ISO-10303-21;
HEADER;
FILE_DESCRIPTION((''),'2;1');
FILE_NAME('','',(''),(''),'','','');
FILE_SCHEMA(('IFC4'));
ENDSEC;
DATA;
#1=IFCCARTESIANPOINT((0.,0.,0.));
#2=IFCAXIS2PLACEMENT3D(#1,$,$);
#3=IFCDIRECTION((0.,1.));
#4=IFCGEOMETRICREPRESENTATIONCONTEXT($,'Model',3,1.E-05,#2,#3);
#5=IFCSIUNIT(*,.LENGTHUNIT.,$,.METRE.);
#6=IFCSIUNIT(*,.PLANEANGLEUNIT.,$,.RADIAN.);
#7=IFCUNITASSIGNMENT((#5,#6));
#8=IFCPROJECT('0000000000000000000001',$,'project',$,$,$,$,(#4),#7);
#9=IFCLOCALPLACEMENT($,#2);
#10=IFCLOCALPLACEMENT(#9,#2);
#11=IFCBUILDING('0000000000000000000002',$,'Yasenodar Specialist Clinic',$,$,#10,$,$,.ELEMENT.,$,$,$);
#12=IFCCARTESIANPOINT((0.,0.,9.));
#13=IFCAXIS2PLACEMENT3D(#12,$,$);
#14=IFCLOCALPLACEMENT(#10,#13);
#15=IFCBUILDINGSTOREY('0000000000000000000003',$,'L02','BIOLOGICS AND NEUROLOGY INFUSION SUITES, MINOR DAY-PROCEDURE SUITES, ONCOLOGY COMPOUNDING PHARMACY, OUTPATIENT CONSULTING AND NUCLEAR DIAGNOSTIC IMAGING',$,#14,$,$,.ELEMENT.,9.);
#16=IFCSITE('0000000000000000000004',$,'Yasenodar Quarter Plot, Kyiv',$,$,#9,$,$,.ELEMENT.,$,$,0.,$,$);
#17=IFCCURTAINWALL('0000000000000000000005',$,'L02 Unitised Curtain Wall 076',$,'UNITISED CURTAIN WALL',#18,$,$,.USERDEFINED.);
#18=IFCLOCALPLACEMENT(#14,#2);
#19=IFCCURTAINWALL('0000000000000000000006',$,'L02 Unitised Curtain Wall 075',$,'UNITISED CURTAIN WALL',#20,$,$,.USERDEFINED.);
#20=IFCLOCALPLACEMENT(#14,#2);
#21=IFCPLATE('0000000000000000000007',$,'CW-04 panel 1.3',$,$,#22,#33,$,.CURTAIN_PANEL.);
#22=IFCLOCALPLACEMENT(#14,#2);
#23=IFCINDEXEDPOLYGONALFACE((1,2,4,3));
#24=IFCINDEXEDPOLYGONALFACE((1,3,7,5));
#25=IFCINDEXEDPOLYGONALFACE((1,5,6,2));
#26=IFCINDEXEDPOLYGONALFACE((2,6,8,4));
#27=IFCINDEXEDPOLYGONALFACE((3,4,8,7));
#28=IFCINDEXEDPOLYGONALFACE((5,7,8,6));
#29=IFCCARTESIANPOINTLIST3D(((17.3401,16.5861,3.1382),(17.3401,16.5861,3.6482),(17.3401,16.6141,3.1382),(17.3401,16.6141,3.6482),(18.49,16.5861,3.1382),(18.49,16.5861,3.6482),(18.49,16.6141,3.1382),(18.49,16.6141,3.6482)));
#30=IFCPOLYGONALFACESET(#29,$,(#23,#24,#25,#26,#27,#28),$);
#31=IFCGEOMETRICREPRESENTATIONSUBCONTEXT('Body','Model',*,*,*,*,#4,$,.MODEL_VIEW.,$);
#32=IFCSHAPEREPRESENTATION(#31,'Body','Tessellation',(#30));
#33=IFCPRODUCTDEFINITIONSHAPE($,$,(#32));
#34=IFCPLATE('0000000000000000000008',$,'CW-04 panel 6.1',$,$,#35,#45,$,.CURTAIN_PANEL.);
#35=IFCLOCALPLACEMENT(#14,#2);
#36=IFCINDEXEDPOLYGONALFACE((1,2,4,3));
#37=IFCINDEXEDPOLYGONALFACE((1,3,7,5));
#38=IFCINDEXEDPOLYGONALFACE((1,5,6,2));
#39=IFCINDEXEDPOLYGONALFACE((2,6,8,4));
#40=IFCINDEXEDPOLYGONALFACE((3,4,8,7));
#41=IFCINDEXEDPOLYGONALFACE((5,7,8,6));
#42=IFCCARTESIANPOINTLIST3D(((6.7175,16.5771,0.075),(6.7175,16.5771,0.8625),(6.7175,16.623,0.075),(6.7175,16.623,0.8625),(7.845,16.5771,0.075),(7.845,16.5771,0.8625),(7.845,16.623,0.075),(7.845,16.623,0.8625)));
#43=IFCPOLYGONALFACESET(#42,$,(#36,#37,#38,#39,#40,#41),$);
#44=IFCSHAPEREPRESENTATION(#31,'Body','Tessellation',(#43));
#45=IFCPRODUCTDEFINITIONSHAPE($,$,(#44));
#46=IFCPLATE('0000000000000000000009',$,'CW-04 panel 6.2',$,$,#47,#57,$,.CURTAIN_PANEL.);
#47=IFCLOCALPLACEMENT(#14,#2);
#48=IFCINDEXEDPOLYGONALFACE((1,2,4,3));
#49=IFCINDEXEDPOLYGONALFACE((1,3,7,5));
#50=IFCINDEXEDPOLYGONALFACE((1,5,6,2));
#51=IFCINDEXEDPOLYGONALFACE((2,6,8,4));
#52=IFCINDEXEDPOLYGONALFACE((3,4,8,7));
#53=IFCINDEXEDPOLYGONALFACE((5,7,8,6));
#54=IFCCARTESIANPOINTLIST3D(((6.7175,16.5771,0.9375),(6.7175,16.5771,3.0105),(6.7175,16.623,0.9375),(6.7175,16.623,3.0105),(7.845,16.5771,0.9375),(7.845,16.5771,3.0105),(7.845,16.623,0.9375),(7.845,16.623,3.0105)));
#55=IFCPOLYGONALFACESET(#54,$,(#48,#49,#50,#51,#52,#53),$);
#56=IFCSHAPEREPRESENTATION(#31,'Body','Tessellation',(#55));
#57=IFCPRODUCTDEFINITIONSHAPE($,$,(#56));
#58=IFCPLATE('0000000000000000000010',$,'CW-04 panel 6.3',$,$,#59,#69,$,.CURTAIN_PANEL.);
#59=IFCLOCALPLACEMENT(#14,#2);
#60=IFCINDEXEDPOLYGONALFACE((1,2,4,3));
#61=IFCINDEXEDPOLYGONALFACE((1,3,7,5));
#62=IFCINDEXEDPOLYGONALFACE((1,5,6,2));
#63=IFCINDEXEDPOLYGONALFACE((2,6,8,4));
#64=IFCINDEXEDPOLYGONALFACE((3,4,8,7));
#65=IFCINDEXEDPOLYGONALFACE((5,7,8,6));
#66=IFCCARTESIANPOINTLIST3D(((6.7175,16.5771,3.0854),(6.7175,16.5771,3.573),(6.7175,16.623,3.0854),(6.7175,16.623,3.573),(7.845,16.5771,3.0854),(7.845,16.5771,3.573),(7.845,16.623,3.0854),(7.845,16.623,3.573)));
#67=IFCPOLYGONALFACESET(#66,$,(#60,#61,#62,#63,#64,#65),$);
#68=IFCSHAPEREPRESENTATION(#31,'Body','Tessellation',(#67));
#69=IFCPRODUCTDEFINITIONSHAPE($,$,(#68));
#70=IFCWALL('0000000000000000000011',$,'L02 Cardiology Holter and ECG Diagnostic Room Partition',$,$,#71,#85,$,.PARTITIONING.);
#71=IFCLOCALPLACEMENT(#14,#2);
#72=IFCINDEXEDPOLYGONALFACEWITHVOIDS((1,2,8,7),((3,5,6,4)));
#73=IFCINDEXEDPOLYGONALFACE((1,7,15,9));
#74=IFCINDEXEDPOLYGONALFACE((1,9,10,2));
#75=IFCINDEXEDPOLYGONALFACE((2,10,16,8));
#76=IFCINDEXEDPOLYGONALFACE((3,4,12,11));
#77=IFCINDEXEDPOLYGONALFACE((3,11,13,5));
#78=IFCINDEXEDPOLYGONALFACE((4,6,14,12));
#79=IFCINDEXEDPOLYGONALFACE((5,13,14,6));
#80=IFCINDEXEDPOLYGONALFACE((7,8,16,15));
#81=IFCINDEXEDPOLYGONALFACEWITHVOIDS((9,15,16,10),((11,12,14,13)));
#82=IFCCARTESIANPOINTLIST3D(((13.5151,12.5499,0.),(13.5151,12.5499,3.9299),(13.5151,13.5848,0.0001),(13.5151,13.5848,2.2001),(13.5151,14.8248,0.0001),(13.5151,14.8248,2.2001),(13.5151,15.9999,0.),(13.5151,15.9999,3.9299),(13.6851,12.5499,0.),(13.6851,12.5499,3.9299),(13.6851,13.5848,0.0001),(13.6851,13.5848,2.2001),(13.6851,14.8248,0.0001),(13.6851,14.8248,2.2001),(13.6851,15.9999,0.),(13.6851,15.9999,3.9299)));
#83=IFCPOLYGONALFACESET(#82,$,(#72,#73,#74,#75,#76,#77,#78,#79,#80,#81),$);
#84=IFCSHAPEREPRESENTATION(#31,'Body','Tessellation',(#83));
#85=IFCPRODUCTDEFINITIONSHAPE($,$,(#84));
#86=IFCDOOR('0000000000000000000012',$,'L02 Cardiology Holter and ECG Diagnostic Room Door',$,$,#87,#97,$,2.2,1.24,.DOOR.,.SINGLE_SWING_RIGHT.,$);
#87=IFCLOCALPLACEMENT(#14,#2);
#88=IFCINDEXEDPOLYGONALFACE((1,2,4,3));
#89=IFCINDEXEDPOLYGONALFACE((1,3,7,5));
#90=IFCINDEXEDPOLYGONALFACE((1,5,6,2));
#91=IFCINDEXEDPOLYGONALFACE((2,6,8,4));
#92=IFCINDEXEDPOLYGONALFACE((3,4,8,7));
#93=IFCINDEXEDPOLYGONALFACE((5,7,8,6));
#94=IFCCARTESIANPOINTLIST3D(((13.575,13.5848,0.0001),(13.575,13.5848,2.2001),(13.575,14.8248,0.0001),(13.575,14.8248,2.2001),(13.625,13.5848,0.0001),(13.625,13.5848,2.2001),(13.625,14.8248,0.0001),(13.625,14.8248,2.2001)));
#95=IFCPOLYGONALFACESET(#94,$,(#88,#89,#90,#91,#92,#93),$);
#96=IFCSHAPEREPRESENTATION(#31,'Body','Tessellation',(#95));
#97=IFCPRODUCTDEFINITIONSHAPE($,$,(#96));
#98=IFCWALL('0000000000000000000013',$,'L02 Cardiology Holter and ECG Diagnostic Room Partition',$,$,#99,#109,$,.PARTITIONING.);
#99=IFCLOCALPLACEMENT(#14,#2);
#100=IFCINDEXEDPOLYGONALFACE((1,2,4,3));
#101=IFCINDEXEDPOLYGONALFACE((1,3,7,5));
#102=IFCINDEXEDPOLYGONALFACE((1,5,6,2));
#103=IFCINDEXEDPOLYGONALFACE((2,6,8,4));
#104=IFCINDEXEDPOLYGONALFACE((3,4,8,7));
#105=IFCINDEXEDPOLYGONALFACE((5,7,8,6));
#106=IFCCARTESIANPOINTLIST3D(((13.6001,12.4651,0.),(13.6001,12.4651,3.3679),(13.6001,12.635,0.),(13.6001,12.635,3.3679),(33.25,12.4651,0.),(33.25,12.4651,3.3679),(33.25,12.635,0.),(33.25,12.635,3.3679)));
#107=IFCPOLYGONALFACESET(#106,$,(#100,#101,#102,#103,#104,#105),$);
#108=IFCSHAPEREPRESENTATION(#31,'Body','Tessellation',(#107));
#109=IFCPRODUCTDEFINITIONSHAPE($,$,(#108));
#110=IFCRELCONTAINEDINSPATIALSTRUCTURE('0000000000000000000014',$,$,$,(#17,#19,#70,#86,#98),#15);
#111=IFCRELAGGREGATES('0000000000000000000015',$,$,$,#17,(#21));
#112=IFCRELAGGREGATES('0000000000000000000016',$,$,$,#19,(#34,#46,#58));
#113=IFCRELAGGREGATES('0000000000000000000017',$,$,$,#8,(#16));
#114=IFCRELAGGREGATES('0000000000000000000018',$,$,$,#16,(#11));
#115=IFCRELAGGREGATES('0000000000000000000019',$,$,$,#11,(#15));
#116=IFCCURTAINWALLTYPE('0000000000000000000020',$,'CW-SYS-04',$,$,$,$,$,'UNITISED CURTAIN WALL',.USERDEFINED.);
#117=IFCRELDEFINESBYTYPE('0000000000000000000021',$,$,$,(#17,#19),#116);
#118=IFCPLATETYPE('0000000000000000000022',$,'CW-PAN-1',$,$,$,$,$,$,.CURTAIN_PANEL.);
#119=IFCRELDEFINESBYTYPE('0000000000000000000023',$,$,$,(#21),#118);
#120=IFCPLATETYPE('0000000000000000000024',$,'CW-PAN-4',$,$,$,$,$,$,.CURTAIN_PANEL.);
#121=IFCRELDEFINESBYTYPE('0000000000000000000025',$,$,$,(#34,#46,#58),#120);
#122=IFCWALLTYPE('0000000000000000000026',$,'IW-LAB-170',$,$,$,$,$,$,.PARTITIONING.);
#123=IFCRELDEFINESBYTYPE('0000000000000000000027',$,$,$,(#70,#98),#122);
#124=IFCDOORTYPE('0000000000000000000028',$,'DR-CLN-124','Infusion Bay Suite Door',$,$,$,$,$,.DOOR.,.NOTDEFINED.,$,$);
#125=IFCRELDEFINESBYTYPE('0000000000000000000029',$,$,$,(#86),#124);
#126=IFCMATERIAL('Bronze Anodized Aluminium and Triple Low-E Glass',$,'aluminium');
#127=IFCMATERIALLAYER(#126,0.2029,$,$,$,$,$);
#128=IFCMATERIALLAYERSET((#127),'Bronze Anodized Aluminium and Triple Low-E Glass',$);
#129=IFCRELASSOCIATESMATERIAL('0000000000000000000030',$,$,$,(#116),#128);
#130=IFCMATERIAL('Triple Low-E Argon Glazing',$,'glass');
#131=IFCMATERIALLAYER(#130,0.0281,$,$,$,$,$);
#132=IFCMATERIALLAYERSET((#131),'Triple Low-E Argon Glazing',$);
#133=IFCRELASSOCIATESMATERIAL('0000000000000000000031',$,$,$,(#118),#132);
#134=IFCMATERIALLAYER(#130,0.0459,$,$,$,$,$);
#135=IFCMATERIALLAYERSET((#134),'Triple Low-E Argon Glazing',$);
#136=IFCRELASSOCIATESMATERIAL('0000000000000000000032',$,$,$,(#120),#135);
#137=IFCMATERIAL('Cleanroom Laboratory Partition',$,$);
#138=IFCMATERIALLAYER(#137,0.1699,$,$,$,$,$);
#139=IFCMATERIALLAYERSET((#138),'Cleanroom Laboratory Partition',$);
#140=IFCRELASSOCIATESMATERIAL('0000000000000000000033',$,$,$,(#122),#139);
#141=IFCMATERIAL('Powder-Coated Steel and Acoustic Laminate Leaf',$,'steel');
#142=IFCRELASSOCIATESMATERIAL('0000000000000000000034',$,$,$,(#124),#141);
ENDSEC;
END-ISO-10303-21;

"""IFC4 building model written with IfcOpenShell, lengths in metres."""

from ifc_helpers import new_model, si_unit, direction, frame, frame_2d, origin, origin_2d, place, context, subcontext, project, spatial, rectangle, extrude, material, layer, layer_set, type_object, element, fill, aggregate, save


model = new_model("IFC4")

# Units and contexts
model_context = context("Model", 3, precision=1e-05, world=origin(), true_north=direction((0.0, 1.0)))
body_context = subcontext(model_context, "Body", "Model", "MODEL_VIEW")
ifc_project = project(units=[si_unit("LENGTHUNIT", "METRE"), si_unit("PLANEANGLEUNIT", "RADIAN")], contexts=[model_context])

# Site, building, storey
site_placement = place(None, origin())
site = spatial("IfcSite", under=ifc_project, at=site_placement, Name="Yasenodar Quarter Plot, Kyiv", CompositionType="ELEMENT", RefElevation=0.0)
building_placement = place(site_placement, origin())
building = spatial("IfcBuilding", under=site, at=building_placement, Name="Yasenodar Specialist Clinic", CompositionType="ELEMENT")
storey_placement = place(building_placement, frame((0.0, 0.0, 9.0)))
storey = spatial("IfcBuildingStorey", under=building, at=storey_placement, Name="L02", Description="BIOLOGICS AND NEUROLOGY INFUSION SUITES, MINOR DAY-PROCEDURE SUITES, ONCOLOGY COMPOUNDING PHARMACY, OUTPATIENT CONSULTING AND NUCLEAR DIAGNOSTIC IMAGING", CompositionType="ELEMENT", Elevation=9.0)

# Curtain wall
ifc_material_1 = material(Name="Bronze Anodized Aluminium and Triple Low-E Glass", Category="aluminium")
ifc_layer_1 = layer(ifc_material_1, 0.2029)
ifc_layer_set_1 = layer_set([ifc_layer_1], Name="Bronze Anodized Aluminium and Triple Low-E Glass")
curtain_wall_type = type_object("IfcCurtainWallType", Name="CW-SYS-04", ElementType="UNITISED CURTAIN WALL", PredefinedType="USERDEFINED", material=ifc_layer_set_1)
curtain_wall_1_placement = place(storey_placement, origin())
curtain_wall_1 = element("IfcCurtainWall", 1, at=curtain_wall_1_placement, inside=storey, type_object=curtain_wall_type, Name="L02 Unitised Curtain Wall 076", ObjectType="UNITISED CURTAIN WALL", PredefinedType="USERDEFINED")

# Curtain wall
curtain_wall_2_placement = place(storey_placement, origin())
curtain_wall_2 = element("IfcCurtainWall", 2, at=curtain_wall_2_placement, inside=storey, type_object=curtain_wall_type, Name="L02 Unitised Curtain Wall 075", ObjectType="UNITISED CURTAIN WALL", PredefinedType="USERDEFINED")

# Plates
ifc_material_2 = material(Name="Triple Low-E Argon Glazing", Category="glass")
ifc_layer_2 = layer(ifc_material_2, 0.0281)
ifc_layer_set_2 = layer_set([ifc_layer_2], Name="Triple Low-E Argon Glazing")
plate_type_1 = type_object("IfcPlateType", Name="CW-PAN-1", PredefinedType="CURTAIN_PANEL", material=ifc_layer_set_2)
plate_1_placement = place(storey_placement, frame((17.915, 16.6001, 3.1382), z_axis=(0.0, 0.0, 1.0), x_axis=(1.0, 0.0, 0.0)))
plate_1 = element("IfcPlate", 3, at=plate_1_placement, type_object=plate_type_1, Name="CW-04 panel 1.3", PredefinedType="CURTAIN_PANEL", context=body_context, shape_type="SweptSolid", body=[
    extrude(rectangle(XDim=1.1499, YDim=0.0281, at=origin_2d()), origin(), (0.0, 0.0, 1.0), 0.51),
])
aggregate(curtain_wall_1, [plate_1])
ifc_layer_3 = layer(ifc_material_2, 0.0459)
ifc_layer_set_3 = layer_set([ifc_layer_3], Name="Triple Low-E Argon Glazing")
plate_type_2 = type_object("IfcPlateType", Name="CW-PAN-4", PredefinedType="CURTAIN_PANEL", material=ifc_layer_set_3)
plate_2_placement = place(storey_placement, frame((7.2812, 16.6001, 0.075), z_axis=(0.0, 0.0, 1.0), x_axis=(1.0, 0.0, 0.0)))
plate_2 = element("IfcPlate", 4, at=plate_2_placement, type_object=plate_type_2, Name="CW-04 panel 6.1", PredefinedType="CURTAIN_PANEL", context=body_context, shape_type="SweptSolid", body=[
    extrude(rectangle(XDim=1.1274, YDim=0.0459, at=origin_2d()), origin(), (0.0, 0.0, 1.0), 0.7876),
])
plate_3_placement = place(storey_placement, frame((7.2812, 16.6001, 0.9375), z_axis=(0.0, 0.0, 1.0), x_axis=(1.0, 0.0, 0.0)))
plate_3 = element("IfcPlate", 5, at=plate_3_placement, type_object=plate_type_2, Name="CW-04 panel 6.2", PredefinedType="CURTAIN_PANEL", context=body_context, shape_type="SweptSolid", body=[
    extrude(rectangle(XDim=1.1274, YDim=0.0459, at=origin_2d()), origin(), (0.0, 0.0, 1.0), 2.073),
])
plate_4_placement = place(storey_placement, frame((7.2812, 16.6001, 3.0854), z_axis=(0.0, 0.0, 1.0), x_axis=(1.0, 0.0, 0.0)))
plate_4 = element("IfcPlate", 6, at=plate_4_placement, type_object=plate_type_2, Name="CW-04 panel 6.3", PredefinedType="CURTAIN_PANEL", context=body_context, shape_type="SweptSolid", body=[
    extrude(rectangle(XDim=1.1274, YDim=0.0459, at=origin_2d()), origin(), (0.0, 0.0, 1.0), 0.4875),
])
aggregate(curtain_wall_2, [plate_2, plate_3, plate_4])

# Wall, opening, door
ifc_material_3 = material(Name="Cleanroom Laboratory Partition")
ifc_layer_4 = layer(ifc_material_3, 0.1699)
ifc_layer_set_4 = layer_set([ifc_layer_4], Name="Cleanroom Laboratory Partition")
wall_type = type_object("IfcWallType", Name="IW-LAB-170", PredefinedType="PARTITIONING", material=ifc_layer_set_4)
wall_1_placement = place(storey_placement, frame((13.6001, 16.0, 0.0), z_axis=(0.0, 0.0, 1.0), x_axis=(0.0, -1.0, 0.0)))
wall_1 = element("IfcWall", 7, at=wall_1_placement, inside=storey, type_object=wall_type, Name="L02 Cardiology Holter and ECG Diagnostic Room Partition", PredefinedType="PARTITIONING", context=body_context, shape_type="SweptSolid", body=[
    extrude(rectangle(XDim=3.45, YDim=0.1699, at=frame_2d((1.7251, 0.0))), origin(), (0.0, 0.0, 1.0), 3.9299),
])
opening_placement = place(wall_1_placement, frame((1.175, 0.0, 0.0)))
opening = element("IfcOpeningElement", 8, at=opening_placement, cuts=wall_1, PredefinedType="OPENING", context=body_context, shape_type="SweptSolid", body=[
    extrude(rectangle(XDim=1.24, YDim=2.2, at=frame_2d((0.6201, 1.1001))), frame((0.0, 0.095, 0.0), z_axis=(0.0, -1.0, 0.0), x_axis=(1.0, 0.0, 0.0)), (0.0, 0.0, 1.0), 0.1899),
])
ifc_material_4 = material(Name="Powder-Coated Steel and Acoustic Laminate Leaf", Category="steel")
door_type = type_object("IfcDoorType", Name="DR-CLN-124", Description="Infusion Bay Suite Door", OperationType="NOTDEFINED", PredefinedType="DOOR", material=ifc_material_4)
door_placement = place(opening_placement, origin())
door = element("IfcDoor", 9, at=door_placement, inside=storey, type_object=door_type, Name="L02 Cardiology Holter and ECG Diagnostic Room Door", OperationType="SINGLE_SWING_RIGHT", OverallHeight=2.2, OverallWidth=1.24, PredefinedType="DOOR", context=body_context, shape_type="SweptSolid", body=[
    extrude(rectangle(XDim=1.24, YDim=2.2, at=frame_2d((0.6201, 1.1001))), frame((0.0, 0.0249, 0.0), z_axis=(0.0, -1.0, 0.0), x_axis=(1.0, 0.0, 0.0)), (0.0, 0.0, 1.0), 0.05),
])
fill(opening, door)

# Wall
wall_2_placement = place(storey_placement, frame((13.6001, 12.55, 0.0), z_axis=(0.0, 0.0, 1.0), x_axis=(1.0, 0.0, 0.0)))
element("IfcWall", 10, at=wall_2_placement, inside=storey, type_object=wall_type, Name="L02 Cardiology Holter and ECG Diagnostic Room Partition", PredefinedType="PARTITIONING", context=body_context, shape_type="SweptSolid", body=[
    extrude(rectangle(XDim=19.6499, YDim=0.1699, at=frame_2d((9.825, 0.0))), origin(), (0.0, 0.0, 1.0), 3.3679),
])

save(model, "model.ifc")
